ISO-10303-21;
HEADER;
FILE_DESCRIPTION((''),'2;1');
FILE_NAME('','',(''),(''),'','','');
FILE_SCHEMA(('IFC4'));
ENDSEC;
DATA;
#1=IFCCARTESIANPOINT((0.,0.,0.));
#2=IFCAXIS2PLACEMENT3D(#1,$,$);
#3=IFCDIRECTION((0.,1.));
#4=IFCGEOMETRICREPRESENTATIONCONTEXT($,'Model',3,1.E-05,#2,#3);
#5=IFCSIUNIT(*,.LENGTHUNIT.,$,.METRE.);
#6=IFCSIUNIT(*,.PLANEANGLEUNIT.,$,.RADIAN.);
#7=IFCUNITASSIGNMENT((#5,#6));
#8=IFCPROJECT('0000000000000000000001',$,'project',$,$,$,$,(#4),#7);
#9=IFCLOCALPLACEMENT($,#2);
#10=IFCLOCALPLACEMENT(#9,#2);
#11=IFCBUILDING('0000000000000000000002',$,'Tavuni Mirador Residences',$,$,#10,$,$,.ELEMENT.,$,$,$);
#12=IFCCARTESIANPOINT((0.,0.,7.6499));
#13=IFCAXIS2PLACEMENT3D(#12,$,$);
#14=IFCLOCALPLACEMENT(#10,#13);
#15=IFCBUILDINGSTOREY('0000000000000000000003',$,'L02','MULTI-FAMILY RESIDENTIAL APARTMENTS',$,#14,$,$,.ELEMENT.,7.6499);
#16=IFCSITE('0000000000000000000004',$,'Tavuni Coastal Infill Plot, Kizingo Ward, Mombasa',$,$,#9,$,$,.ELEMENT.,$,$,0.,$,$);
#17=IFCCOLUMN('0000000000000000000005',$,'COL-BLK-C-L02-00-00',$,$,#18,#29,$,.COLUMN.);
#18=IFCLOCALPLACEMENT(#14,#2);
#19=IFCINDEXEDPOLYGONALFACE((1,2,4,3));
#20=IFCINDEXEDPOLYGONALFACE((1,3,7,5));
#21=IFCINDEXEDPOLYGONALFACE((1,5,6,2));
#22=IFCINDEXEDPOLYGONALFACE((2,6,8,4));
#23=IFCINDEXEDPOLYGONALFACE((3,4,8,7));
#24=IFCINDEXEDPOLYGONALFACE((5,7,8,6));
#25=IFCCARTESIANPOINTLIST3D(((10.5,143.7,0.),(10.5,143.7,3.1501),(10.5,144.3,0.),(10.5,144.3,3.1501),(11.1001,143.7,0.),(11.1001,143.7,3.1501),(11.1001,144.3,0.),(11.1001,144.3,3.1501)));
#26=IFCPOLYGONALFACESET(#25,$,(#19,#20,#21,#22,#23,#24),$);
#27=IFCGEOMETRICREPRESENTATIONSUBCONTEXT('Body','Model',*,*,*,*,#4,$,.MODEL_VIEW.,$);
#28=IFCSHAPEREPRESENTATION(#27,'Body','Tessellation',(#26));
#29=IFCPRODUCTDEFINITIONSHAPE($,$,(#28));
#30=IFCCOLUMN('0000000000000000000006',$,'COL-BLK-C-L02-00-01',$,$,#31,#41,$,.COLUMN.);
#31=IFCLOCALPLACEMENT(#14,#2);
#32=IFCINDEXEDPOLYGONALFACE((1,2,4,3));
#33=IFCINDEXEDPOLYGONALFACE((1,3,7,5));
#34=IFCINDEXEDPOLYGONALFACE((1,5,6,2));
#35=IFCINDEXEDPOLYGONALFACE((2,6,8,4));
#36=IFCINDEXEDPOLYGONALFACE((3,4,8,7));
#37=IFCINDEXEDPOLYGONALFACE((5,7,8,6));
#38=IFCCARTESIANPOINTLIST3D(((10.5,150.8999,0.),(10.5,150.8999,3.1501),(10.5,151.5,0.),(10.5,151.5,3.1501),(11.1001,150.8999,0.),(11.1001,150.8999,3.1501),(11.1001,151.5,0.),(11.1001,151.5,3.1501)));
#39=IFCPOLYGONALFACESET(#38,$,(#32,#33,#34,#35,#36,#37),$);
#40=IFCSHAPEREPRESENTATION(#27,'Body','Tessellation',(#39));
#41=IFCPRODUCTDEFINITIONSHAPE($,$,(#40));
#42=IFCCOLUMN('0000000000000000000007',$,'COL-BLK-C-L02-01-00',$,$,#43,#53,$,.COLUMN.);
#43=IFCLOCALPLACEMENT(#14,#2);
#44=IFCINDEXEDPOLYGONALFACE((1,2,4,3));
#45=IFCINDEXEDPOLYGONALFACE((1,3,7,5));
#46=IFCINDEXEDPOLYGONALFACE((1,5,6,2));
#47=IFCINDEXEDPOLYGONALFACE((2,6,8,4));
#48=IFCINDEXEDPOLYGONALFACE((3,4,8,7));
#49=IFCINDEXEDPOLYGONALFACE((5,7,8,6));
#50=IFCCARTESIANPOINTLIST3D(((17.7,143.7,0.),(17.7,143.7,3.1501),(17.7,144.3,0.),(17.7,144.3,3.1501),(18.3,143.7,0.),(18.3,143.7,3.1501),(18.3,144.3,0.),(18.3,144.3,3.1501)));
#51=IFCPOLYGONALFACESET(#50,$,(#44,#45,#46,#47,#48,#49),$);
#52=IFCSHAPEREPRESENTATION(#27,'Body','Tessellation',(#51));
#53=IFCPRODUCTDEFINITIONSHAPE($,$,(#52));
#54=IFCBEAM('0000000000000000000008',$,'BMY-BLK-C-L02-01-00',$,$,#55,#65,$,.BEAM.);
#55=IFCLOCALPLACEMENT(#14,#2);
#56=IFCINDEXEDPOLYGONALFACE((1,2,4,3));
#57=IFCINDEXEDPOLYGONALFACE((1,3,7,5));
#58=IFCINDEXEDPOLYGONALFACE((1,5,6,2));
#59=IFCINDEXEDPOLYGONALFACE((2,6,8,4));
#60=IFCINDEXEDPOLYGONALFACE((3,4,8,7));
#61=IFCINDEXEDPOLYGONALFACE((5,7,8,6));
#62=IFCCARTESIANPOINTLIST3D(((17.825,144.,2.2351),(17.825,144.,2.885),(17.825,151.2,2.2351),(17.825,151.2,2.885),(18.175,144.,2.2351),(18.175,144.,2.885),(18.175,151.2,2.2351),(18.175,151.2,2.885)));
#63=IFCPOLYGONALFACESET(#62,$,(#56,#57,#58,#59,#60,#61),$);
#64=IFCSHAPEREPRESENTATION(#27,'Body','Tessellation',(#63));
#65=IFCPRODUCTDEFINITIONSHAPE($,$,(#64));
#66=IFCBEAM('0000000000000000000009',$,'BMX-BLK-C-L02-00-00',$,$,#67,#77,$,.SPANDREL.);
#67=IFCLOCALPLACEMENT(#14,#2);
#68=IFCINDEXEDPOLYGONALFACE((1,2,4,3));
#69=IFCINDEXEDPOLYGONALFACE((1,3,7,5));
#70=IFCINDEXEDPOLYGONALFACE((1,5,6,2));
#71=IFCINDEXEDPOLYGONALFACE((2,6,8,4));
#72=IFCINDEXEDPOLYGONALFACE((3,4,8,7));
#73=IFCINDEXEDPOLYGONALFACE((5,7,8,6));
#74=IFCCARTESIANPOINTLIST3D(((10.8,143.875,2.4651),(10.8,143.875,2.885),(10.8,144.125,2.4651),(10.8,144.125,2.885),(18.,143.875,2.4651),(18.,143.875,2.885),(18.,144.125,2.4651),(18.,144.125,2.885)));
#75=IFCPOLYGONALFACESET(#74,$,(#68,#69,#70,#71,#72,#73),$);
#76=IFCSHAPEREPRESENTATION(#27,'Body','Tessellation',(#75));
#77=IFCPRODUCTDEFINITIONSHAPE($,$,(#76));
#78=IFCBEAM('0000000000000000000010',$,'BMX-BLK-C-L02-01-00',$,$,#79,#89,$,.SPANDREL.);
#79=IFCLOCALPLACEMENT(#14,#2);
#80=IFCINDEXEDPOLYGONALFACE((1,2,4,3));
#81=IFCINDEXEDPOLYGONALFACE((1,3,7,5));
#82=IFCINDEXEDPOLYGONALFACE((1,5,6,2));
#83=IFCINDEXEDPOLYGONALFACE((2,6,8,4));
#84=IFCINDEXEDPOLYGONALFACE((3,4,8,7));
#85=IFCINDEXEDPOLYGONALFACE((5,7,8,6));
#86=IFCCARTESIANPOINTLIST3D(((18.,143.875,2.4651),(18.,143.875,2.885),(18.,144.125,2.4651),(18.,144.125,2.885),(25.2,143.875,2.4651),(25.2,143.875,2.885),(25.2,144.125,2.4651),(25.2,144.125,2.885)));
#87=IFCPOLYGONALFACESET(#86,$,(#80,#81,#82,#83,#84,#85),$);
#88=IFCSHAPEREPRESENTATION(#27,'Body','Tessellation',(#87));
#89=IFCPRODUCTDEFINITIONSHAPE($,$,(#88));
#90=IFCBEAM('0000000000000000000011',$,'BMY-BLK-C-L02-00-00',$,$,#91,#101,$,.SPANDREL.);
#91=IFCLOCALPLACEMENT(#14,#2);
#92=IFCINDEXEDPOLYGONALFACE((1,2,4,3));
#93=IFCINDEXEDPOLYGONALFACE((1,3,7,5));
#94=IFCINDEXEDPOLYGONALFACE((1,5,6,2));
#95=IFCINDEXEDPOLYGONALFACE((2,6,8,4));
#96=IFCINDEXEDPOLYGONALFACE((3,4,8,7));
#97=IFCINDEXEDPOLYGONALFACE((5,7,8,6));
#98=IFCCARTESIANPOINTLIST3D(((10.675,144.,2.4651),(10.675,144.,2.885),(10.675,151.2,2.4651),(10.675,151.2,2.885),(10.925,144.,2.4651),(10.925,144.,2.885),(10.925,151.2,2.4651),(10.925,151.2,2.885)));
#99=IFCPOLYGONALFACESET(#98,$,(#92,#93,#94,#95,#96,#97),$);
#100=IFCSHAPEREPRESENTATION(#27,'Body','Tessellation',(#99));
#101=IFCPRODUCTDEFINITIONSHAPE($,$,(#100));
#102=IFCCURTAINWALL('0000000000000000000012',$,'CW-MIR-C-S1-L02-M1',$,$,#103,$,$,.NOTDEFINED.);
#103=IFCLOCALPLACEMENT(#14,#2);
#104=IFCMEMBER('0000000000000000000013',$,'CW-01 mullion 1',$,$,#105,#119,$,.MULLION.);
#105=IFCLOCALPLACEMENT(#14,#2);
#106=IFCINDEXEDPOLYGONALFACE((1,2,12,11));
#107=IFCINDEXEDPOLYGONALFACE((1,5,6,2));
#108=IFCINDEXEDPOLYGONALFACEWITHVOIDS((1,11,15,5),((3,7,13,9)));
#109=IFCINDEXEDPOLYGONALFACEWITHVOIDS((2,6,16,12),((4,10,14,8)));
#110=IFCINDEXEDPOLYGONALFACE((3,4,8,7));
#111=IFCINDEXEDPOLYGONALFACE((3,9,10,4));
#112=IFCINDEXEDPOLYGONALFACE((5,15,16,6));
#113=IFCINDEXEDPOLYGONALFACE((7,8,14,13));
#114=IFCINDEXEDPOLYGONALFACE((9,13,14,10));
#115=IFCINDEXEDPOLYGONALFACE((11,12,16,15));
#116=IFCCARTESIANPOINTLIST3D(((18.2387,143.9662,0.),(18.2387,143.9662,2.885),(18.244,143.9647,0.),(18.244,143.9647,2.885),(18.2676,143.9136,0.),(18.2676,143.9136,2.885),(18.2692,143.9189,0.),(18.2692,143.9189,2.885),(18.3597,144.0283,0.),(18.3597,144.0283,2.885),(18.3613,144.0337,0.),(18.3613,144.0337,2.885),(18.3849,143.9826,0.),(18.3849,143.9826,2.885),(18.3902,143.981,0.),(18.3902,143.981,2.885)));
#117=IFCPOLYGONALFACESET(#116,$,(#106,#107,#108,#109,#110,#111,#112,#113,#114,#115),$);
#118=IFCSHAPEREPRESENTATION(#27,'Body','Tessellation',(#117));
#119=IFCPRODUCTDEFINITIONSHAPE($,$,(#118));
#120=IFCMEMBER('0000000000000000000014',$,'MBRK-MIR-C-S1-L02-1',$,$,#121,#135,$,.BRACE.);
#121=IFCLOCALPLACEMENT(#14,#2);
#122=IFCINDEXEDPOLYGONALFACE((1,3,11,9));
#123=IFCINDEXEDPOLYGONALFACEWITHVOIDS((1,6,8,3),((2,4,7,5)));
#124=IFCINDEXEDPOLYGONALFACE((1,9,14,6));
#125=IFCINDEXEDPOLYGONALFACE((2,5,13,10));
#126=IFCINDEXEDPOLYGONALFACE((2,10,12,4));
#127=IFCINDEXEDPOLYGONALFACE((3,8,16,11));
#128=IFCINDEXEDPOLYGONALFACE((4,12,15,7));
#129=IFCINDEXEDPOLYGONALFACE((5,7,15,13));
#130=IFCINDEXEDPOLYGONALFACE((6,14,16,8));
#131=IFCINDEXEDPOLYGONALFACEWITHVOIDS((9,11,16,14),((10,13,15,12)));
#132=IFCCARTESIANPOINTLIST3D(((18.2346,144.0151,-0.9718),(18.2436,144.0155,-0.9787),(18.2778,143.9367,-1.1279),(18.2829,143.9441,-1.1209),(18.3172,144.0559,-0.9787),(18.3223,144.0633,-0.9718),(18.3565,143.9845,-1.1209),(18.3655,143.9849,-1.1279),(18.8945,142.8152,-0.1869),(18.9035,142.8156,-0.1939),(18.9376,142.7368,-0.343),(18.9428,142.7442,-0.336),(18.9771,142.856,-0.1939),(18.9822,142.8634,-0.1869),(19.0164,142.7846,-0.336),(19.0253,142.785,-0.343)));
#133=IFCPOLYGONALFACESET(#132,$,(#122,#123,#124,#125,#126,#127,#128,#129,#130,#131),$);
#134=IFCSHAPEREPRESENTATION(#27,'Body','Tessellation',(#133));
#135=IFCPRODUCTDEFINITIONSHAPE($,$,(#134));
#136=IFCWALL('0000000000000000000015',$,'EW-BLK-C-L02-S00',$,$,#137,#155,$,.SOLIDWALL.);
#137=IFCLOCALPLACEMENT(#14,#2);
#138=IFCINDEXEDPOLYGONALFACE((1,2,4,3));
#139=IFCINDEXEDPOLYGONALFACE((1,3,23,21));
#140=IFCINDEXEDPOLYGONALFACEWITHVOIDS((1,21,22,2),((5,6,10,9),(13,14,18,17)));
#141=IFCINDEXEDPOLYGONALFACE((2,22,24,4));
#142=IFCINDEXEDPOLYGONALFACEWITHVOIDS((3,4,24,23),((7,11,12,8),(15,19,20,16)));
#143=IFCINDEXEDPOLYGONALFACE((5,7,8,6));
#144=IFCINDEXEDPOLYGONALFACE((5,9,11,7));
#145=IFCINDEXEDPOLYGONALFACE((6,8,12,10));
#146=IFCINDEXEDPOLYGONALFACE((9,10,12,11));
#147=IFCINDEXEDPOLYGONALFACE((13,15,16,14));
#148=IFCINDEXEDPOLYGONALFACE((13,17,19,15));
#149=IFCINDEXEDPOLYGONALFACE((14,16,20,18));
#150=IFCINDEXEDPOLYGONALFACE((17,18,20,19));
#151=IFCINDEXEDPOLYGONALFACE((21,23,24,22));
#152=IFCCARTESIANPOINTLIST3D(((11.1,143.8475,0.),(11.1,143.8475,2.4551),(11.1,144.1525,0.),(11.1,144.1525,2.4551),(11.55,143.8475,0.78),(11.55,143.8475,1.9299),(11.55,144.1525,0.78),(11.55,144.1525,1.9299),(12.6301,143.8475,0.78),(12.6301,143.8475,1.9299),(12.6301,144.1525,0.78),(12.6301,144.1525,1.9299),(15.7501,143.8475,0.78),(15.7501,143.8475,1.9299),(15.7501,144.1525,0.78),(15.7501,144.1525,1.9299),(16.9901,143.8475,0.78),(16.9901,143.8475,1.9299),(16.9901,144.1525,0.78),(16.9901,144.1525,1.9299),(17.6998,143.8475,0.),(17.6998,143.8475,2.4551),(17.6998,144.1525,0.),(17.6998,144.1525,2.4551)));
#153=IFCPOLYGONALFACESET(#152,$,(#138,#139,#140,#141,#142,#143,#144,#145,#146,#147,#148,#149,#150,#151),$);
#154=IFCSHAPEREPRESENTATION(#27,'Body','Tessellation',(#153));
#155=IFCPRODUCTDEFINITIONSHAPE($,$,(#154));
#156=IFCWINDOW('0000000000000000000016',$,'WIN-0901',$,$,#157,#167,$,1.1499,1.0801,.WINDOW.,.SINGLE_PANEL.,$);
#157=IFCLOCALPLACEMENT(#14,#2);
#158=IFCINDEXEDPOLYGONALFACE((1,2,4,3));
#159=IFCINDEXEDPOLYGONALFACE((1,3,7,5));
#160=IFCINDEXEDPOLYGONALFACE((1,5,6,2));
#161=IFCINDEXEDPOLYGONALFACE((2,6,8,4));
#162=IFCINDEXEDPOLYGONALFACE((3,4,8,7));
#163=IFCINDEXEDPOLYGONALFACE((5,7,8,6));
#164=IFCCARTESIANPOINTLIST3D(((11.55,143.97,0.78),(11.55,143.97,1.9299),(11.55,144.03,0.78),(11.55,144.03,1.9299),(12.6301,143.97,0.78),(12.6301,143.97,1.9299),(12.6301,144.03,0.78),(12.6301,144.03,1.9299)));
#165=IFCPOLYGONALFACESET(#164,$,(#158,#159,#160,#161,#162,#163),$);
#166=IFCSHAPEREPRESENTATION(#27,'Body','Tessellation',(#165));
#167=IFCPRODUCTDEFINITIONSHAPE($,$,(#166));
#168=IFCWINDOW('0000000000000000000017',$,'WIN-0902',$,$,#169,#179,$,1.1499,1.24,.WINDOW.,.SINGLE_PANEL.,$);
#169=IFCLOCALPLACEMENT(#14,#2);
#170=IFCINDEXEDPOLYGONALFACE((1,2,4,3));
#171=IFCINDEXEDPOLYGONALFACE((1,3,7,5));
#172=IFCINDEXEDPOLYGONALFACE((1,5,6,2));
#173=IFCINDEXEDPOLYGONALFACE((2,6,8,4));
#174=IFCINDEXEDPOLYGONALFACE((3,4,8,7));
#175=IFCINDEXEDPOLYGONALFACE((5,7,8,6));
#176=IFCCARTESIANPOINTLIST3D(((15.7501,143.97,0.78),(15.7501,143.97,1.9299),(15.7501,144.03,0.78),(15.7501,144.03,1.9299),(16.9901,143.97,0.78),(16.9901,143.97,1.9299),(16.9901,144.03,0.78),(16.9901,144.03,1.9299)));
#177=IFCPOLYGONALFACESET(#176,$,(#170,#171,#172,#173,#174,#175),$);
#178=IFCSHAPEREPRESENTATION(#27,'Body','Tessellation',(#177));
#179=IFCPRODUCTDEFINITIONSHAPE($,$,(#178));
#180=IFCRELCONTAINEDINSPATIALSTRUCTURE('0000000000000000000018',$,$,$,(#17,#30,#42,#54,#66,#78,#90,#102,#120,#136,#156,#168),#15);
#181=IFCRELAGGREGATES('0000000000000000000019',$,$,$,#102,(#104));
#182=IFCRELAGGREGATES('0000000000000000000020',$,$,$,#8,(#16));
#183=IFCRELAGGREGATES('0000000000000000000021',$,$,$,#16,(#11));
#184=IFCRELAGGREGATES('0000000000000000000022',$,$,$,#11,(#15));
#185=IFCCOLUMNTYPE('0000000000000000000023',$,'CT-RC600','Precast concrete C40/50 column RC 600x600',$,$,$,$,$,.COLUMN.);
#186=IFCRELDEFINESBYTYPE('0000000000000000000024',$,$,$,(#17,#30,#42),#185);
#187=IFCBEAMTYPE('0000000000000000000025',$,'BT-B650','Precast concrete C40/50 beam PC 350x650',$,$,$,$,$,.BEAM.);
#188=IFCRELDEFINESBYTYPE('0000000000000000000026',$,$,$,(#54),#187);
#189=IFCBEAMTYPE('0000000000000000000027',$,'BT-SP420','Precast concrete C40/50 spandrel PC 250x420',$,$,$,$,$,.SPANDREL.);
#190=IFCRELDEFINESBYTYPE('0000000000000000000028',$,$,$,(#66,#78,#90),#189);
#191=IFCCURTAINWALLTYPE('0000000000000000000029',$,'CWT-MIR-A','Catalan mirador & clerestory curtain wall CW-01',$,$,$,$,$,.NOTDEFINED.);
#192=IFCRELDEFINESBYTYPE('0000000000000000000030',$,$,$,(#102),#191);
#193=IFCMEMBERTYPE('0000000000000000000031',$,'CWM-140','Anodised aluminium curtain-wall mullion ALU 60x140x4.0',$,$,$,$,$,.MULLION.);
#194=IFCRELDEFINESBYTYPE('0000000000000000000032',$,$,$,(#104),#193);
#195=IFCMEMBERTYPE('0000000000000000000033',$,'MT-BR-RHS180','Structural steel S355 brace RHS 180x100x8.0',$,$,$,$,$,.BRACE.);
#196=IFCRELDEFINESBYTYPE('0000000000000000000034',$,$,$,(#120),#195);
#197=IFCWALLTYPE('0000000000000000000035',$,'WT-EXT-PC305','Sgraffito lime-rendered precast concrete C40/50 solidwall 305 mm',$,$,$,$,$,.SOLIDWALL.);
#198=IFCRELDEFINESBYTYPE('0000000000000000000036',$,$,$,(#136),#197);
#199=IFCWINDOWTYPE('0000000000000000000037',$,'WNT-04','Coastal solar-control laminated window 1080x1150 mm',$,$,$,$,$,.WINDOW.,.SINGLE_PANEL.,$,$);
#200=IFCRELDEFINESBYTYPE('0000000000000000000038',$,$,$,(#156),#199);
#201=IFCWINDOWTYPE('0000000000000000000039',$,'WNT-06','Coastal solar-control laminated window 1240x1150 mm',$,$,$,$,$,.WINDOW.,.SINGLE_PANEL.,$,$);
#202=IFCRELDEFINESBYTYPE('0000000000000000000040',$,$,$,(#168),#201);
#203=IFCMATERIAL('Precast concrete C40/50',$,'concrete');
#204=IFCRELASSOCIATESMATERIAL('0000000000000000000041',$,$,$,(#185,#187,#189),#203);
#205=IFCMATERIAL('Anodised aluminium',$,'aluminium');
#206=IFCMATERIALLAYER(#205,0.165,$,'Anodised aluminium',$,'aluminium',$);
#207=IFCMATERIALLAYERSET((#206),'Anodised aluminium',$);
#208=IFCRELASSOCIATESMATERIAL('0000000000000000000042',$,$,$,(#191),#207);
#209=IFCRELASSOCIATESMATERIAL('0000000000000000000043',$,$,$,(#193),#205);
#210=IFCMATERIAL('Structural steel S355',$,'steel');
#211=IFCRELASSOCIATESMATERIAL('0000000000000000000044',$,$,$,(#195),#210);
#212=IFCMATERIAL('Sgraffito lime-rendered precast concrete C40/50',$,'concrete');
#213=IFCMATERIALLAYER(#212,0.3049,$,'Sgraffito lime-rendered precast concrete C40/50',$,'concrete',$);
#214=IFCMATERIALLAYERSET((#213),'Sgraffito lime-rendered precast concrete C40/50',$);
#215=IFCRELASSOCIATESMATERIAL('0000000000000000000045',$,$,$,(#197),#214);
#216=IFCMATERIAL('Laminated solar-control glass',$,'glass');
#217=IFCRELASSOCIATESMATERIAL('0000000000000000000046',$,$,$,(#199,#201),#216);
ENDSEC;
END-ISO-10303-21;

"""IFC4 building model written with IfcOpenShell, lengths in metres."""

from ifc_helpers import new_model, si_unit, direction, frame, frame_2d, origin, origin_2d, place, context, subcontext, project, spatial, rectangle, hollow_rectangle, extrude, material, layer, layer_set, material_profile, profile_set, type_object, element, fill, aggregate, save


model = new_model("IFC4")

# Units and contexts
model_context = context("Model", 3, precision=1e-05, world=origin(), true_north=direction((0.0, 1.0)))
body_context = subcontext(model_context, "Body", "Model", "MODEL_VIEW")
ifc_project = project(units=[si_unit("LENGTHUNIT", "METRE"), si_unit("PLANEANGLEUNIT", "RADIAN")], contexts=[model_context])

# Site, building, storey
site_placement = place(None, origin())
site = spatial("IfcSite", under=ifc_project, at=site_placement, Name="Tavuni Coastal Infill Plot, Kizingo Ward, Mombasa", CompositionType="ELEMENT", RefElevation=0.0)
building_placement = place(site_placement, origin())
building = spatial("IfcBuilding", under=site, at=building_placement, Name="Tavuni Mirador Residences", CompositionType="ELEMENT")
storey_placement = place(building_placement, frame((0.0, 0.0, 7.6499)))
storey = spatial("IfcBuildingStorey", under=building, at=storey_placement, Name="L02", Description="MULTI-FAMILY RESIDENTIAL APARTMENTS", CompositionType="ELEMENT", Elevation=7.6499)

# Columns
ifc_material_1 = material(Name="Precast concrete C40/50", Category="concrete")
ifc_material_profile_1 = material_profile(ifc_material_1, rectangle(XDim=0.6001, YDim=0.6001, at=origin_2d()), Name="RC 600x600", Category="concrete")
ifc_profile_set_1 = profile_set([ifc_material_profile_1], Name="Precast concrete C40/50")
column_type = type_object("IfcColumnType", Name="CT-RC600", Description="Precast concrete C40/50 column RC 600x600", PredefinedType="COLUMN", material=ifc_profile_set_1)
for number, where, z_axis, x_axis, name in (
    (1, (10.8, 144.0, 0.0), (0.0, 0.0, 1.0), (1.0, 0.0, 0.0), "COL-BLK-C-L02-00-00"),
    (2, (10.8, 151.2, 0.0), (0.0, 0.0, 1.0), (1.0, 0.0, 0.0), "COL-BLK-C-L02-00-01"),
    (3, (18.0, 144.0, 0.0), (0.0, 0.0, 1.0), (1.0, 0.0, 0.0), "COL-BLK-C-L02-01-00"),
):
    element("IfcColumn", number, at=place(storey_placement, frame(where, z_axis=z_axis, x_axis=x_axis)), inside=storey, type_object=column_type, Name=name, PredefinedType="COLUMN", context=body_context, shape_type="SweptSolid", body=[
        extrude(rectangle(XDim=0.6001, YDim=0.6001, at=origin_2d()), origin(), (0.0, 0.0, 1.0), 3.1501),
    ])

# Beams
ifc_material_profile_2 = material_profile(ifc_material_1, rectangle(XDim=0.3501, YDim=0.6499, at=origin_2d()), Name="PC 350x650", Category="concrete")
ifc_profile_set_2 = profile_set([ifc_material_profile_2], Name="Precast concrete C40/50")
beam_type_1 = type_object("IfcBeamType", Name="BT-B650", Description="Precast concrete C40/50 beam PC 350x650", PredefinedType="BEAM", material=ifc_profile_set_2)
beam_placement = place(storey_placement, frame((18.0, 144.0, 2.5601), z_axis=(0.0, 1.0, 0.0), x_axis=(-1.0, 0.0, 0.0)))
element("IfcBeam", 4, at=beam_placement, inside=storey, type_object=beam_type_1, Name="BMY-BLK-C-L02-01-00", PredefinedType="BEAM", context=body_context, shape_type="SweptSolid", body=[
    extrude(rectangle(XDim=0.3501, YDim=0.6499, at=origin_2d()), origin(), (0.0, 0.0, 1.0), 7.2),
])
ifc_material_profile_3 = material_profile(ifc_material_1, rectangle(XDim=0.25, YDim=0.4199, at=origin_2d()), Name="PC 250x420", Category="concrete")
ifc_profile_set_3 = profile_set([ifc_material_profile_3], Name="Precast concrete C40/50")
beam_type_2 = type_object("IfcBeamType", Name="BT-SP420", Description="Precast concrete C40/50 spandrel PC 250x420", PredefinedType="SPANDREL", material=ifc_profile_set_3)
for number, where, z_axis, x_axis, name in (
    (5, (10.8, 144.0, 2.675), (1.0, 0.0, 0.0), (0.0, 1.0, 0.0), "BMX-BLK-C-L02-00-00"),
    (6, (18.0, 144.0, 2.675), (1.0, 0.0, 0.0), (0.0, 1.0, 0.0), "BMX-BLK-C-L02-01-00"),
    (7, (10.8, 144.0, 2.675), (0.0, 1.0, 0.0), (-1.0, 0.0, 0.0), "BMY-BLK-C-L02-00-00"),
):
    element("IfcBeam", number, at=place(storey_placement, frame(where, z_axis=z_axis, x_axis=x_axis)), inside=storey, type_object=beam_type_2, Name=name, PredefinedType="SPANDREL", context=body_context, shape_type="SweptSolid", body=[
        extrude(rectangle(XDim=0.25, YDim=0.4199, at=origin_2d()), origin(), (0.0, 0.0, 1.0), 7.2),
    ])

# Curtain wall, member
ifc_material_2 = material(Name="Anodised aluminium", Category="aluminium")
ifc_layer_1 = layer(ifc_material_2, 0.165, Name="Anodised aluminium", Category="aluminium")
ifc_layer_set_1 = layer_set([ifc_layer_1], Name="Anodised aluminium")
curtain_wall_type = type_object("IfcCurtainWallType", Name="CWT-MIR-A", Description="Catalan mirador & clerestory curtain wall CW-01", PredefinedType="NOTDEFINED", material=ifc_layer_set_1)
curtain_wall_placement = place(storey_placement, origin())
curtain_wall = element("IfcCurtainWall", 8, at=curtain_wall_placement, inside=storey, type_object=curtain_wall_type, Name="CW-MIR-C-S1-L02-M1", PredefinedType="NOTDEFINED")
ifc_material_profile_4 = material_profile(ifc_material_2, hollow_rectangle(XDim=0.0601, YDim=0.1399, WallThickness=0.0039, at=origin_2d()), Name="ALU 60x140x4.0", Category="aluminium")
ifc_profile_set_4 = profile_set([ifc_material_profile_4], Name="Anodised aluminium")
member_type_1 = type_object("IfcMemberType", Name="CWM-140", Description="Anodised aluminium curtain-wall mullion ALU 60x140x4.0", PredefinedType="MULLION", material=ifc_profile_set_4)
member_1_placement = place(storey_placement, frame((18.3145, 143.9736, 0.0), z_axis=(0.0, 0.0, 1.0), x_axis=(0.481919, -0.876216, 0.0)))
member_1 = element("IfcMember", 9, at=member_1_placement, type_object=member_type_1, Name="CW-01 mullion 1", PredefinedType="MULLION", context=body_context, shape_type="SweptSolid", body=[
    extrude(hollow_rectangle(XDim=0.0601, YDim=0.1399, WallThickness=0.0039, at=origin_2d()), origin(), (0.0, 0.0, 1.0), 2.885),
])
aggregate(curtain_wall, [member_1])

# Member
ifc_material_3 = material(Name="Structural steel S355", Category="steel")
ifc_material_profile_5 = material_profile(ifc_material_3, hollow_rectangle(XDim=0.1001, YDim=0.1799, WallThickness=0.0081, at=origin_2d()), Name="RHS 180x100x8.0", Category="steel")
ifc_profile_set_5 = profile_set([ifc_material_profile_5], Name="Structural steel S355")
member_type_2 = type_object("IfcMemberType", Name="MT-BR-RHS180", Description="Structural steel S355 brace RHS 180x100x8.0", PredefinedType="BRACE", material=ifc_profile_set_5)
member_2_placement = place(storey_placement, frame((18.3, 144.0, -1.0498), z_axis=(0.41808, -0.760216, 0.497273), x_axis=(0.876235, 0.481885, 0.0)))
element("IfcMember", 10, at=member_2_placement, inside=storey, type_object=member_type_2, Name="MBRK-MIR-C-S1-L02-1", PredefinedType="BRACE", context=body_context, shape_type="SweptSolid", body=[
    extrude(hollow_rectangle(XDim=0.1001, YDim=0.1799, WallThickness=0.0081, at=origin_2d()), origin(), (0.0, 0.0, 1.0), 1.5784),
])

# Wall, openings, windows
ifc_material_4 = material(Name="Sgraffito lime-rendered precast concrete C40/50", Category="concrete")
ifc_layer_2 = layer(ifc_material_4, 0.3049, Name="Sgraffito lime-rendered precast concrete C40/50", Category="concrete")
ifc_layer_set_2 = layer_set([ifc_layer_2], Name="Sgraffito lime-rendered precast concrete C40/50")
wall_type_1 = type_object("IfcWallType", Name="WT-EXT-PC305", Description="Sgraffito lime-rendered precast concrete C40/50 solidwall 305 mm", PredefinedType="SOLIDWALL", material=ifc_layer_set_2)
wall_1_placement = place(storey_placement, frame((11.1001, 144.0, 0.0), z_axis=(0.0, 0.0, 1.0), x_axis=(1.0, 0.0, 0.0)))
wall_1 = element("IfcWall", 11, at=wall_1_placement, inside=storey, type_object=wall_type_1, Name="EW-BLK-C-L02-S00", PredefinedType="SOLIDWALL", context=body_context, shape_type="SweptSolid", body=[
    extrude(rectangle(XDim=6.5999, YDim=0.3049, at=frame_2d((3.2998, 0.0))), origin(), (0.0, 0.0, 1.0), 2.4551),
])
opening_1_placement = place(wall_1_placement, frame((0.45, 0.0, 0.78)))
opening_1 = element("IfcOpeningElement", 12, at=opening_1_placement, cuts=wall_1, PredefinedType="OPENING", context=body_context, shape_type="SweptSolid", body=[
    extrude(rectangle(XDim=1.0801, YDim=1.1499, at=frame_2d((0.54, 0.575))), frame((0.0, 0.1626, 0.0), z_axis=(0.0, -1.0, 0.0), x_axis=(1.0, 0.0, 0.0)), (0.0, 0.0, 1.0), 0.325),
])
opening_2_placement = place(wall_1_placement, frame((4.6499, 0.0, 0.78)))
opening_2 = element("IfcOpeningElement", 13, at=opening_2_placement, cuts=wall_1, PredefinedType="OPENING", context=body_context, shape_type="SweptSolid", body=[
    extrude(rectangle(XDim=1.24, YDim=1.1499, at=frame_2d((0.6201, 0.575))), frame((0.0, 0.1626, 0.0), z_axis=(0.0, -1.0, 0.0), x_axis=(1.0, 0.0, 0.0)), (0.0, 0.0, 1.0), 0.325),
])
ifc_material_5 = material(Name="Laminated solar-control glass", Category="glass")
window_type_1 = type_object("IfcWindowType", Name="WNT-04", Description="Coastal solar-control laminated window 1080x1150 mm", PartitioningType="SINGLE_PANEL", PredefinedType="WINDOW", material=ifc_material_5)
window_1_placement = place(opening_1_placement, origin())
window_1 = element("IfcWindow", 14, at=window_1_placement, inside=storey, type_object=window_type_1, Name="WIN-0901", OverallHeight=1.1499, OverallWidth=1.0801, PartitioningType="SINGLE_PANEL", PredefinedType="WINDOW", context=body_context, shape_type="SweptSolid", body=[
    extrude(rectangle(XDim=1.0801, YDim=1.1499, at=frame_2d((0.54, 0.575))), frame((0.0, 0.03, 0.0), z_axis=(0.0, -1.0, 0.0), x_axis=(1.0, 0.0, 0.0)), (0.0, 0.0, 1.0), 0.0601),
])
fill(opening_1, window_1)
window_type_2 = type_object("IfcWindowType", Name="WNT-06", Description="Coastal solar-control laminated window 1240x1150 mm", PartitioningType="SINGLE_PANEL", PredefinedType="WINDOW", material=ifc_material_5)
window_2_placement = place(opening_2_placement, origin())
window_2 = element("IfcWindow", 15, at=window_2_placement, inside=storey, type_object=window_type_2, Name="WIN-0902", OverallHeight=1.1499, OverallWidth=1.24, PartitioningType="SINGLE_PANEL", PredefinedType="WINDOW", context=body_context, shape_type="SweptSolid", body=[
    extrude(rectangle(XDim=1.24, YDim=1.1499, at=frame_2d((0.6201, 0.575))), frame((0.0, 0.03, 0.0), z_axis=(0.0, -1.0, 0.0), x_axis=(1.0, 0.0, 0.0)), (0.0, 0.0, 1.0), 0.0601),
])
fill(opening_2, window_2)

save(model, "model.ifc")
